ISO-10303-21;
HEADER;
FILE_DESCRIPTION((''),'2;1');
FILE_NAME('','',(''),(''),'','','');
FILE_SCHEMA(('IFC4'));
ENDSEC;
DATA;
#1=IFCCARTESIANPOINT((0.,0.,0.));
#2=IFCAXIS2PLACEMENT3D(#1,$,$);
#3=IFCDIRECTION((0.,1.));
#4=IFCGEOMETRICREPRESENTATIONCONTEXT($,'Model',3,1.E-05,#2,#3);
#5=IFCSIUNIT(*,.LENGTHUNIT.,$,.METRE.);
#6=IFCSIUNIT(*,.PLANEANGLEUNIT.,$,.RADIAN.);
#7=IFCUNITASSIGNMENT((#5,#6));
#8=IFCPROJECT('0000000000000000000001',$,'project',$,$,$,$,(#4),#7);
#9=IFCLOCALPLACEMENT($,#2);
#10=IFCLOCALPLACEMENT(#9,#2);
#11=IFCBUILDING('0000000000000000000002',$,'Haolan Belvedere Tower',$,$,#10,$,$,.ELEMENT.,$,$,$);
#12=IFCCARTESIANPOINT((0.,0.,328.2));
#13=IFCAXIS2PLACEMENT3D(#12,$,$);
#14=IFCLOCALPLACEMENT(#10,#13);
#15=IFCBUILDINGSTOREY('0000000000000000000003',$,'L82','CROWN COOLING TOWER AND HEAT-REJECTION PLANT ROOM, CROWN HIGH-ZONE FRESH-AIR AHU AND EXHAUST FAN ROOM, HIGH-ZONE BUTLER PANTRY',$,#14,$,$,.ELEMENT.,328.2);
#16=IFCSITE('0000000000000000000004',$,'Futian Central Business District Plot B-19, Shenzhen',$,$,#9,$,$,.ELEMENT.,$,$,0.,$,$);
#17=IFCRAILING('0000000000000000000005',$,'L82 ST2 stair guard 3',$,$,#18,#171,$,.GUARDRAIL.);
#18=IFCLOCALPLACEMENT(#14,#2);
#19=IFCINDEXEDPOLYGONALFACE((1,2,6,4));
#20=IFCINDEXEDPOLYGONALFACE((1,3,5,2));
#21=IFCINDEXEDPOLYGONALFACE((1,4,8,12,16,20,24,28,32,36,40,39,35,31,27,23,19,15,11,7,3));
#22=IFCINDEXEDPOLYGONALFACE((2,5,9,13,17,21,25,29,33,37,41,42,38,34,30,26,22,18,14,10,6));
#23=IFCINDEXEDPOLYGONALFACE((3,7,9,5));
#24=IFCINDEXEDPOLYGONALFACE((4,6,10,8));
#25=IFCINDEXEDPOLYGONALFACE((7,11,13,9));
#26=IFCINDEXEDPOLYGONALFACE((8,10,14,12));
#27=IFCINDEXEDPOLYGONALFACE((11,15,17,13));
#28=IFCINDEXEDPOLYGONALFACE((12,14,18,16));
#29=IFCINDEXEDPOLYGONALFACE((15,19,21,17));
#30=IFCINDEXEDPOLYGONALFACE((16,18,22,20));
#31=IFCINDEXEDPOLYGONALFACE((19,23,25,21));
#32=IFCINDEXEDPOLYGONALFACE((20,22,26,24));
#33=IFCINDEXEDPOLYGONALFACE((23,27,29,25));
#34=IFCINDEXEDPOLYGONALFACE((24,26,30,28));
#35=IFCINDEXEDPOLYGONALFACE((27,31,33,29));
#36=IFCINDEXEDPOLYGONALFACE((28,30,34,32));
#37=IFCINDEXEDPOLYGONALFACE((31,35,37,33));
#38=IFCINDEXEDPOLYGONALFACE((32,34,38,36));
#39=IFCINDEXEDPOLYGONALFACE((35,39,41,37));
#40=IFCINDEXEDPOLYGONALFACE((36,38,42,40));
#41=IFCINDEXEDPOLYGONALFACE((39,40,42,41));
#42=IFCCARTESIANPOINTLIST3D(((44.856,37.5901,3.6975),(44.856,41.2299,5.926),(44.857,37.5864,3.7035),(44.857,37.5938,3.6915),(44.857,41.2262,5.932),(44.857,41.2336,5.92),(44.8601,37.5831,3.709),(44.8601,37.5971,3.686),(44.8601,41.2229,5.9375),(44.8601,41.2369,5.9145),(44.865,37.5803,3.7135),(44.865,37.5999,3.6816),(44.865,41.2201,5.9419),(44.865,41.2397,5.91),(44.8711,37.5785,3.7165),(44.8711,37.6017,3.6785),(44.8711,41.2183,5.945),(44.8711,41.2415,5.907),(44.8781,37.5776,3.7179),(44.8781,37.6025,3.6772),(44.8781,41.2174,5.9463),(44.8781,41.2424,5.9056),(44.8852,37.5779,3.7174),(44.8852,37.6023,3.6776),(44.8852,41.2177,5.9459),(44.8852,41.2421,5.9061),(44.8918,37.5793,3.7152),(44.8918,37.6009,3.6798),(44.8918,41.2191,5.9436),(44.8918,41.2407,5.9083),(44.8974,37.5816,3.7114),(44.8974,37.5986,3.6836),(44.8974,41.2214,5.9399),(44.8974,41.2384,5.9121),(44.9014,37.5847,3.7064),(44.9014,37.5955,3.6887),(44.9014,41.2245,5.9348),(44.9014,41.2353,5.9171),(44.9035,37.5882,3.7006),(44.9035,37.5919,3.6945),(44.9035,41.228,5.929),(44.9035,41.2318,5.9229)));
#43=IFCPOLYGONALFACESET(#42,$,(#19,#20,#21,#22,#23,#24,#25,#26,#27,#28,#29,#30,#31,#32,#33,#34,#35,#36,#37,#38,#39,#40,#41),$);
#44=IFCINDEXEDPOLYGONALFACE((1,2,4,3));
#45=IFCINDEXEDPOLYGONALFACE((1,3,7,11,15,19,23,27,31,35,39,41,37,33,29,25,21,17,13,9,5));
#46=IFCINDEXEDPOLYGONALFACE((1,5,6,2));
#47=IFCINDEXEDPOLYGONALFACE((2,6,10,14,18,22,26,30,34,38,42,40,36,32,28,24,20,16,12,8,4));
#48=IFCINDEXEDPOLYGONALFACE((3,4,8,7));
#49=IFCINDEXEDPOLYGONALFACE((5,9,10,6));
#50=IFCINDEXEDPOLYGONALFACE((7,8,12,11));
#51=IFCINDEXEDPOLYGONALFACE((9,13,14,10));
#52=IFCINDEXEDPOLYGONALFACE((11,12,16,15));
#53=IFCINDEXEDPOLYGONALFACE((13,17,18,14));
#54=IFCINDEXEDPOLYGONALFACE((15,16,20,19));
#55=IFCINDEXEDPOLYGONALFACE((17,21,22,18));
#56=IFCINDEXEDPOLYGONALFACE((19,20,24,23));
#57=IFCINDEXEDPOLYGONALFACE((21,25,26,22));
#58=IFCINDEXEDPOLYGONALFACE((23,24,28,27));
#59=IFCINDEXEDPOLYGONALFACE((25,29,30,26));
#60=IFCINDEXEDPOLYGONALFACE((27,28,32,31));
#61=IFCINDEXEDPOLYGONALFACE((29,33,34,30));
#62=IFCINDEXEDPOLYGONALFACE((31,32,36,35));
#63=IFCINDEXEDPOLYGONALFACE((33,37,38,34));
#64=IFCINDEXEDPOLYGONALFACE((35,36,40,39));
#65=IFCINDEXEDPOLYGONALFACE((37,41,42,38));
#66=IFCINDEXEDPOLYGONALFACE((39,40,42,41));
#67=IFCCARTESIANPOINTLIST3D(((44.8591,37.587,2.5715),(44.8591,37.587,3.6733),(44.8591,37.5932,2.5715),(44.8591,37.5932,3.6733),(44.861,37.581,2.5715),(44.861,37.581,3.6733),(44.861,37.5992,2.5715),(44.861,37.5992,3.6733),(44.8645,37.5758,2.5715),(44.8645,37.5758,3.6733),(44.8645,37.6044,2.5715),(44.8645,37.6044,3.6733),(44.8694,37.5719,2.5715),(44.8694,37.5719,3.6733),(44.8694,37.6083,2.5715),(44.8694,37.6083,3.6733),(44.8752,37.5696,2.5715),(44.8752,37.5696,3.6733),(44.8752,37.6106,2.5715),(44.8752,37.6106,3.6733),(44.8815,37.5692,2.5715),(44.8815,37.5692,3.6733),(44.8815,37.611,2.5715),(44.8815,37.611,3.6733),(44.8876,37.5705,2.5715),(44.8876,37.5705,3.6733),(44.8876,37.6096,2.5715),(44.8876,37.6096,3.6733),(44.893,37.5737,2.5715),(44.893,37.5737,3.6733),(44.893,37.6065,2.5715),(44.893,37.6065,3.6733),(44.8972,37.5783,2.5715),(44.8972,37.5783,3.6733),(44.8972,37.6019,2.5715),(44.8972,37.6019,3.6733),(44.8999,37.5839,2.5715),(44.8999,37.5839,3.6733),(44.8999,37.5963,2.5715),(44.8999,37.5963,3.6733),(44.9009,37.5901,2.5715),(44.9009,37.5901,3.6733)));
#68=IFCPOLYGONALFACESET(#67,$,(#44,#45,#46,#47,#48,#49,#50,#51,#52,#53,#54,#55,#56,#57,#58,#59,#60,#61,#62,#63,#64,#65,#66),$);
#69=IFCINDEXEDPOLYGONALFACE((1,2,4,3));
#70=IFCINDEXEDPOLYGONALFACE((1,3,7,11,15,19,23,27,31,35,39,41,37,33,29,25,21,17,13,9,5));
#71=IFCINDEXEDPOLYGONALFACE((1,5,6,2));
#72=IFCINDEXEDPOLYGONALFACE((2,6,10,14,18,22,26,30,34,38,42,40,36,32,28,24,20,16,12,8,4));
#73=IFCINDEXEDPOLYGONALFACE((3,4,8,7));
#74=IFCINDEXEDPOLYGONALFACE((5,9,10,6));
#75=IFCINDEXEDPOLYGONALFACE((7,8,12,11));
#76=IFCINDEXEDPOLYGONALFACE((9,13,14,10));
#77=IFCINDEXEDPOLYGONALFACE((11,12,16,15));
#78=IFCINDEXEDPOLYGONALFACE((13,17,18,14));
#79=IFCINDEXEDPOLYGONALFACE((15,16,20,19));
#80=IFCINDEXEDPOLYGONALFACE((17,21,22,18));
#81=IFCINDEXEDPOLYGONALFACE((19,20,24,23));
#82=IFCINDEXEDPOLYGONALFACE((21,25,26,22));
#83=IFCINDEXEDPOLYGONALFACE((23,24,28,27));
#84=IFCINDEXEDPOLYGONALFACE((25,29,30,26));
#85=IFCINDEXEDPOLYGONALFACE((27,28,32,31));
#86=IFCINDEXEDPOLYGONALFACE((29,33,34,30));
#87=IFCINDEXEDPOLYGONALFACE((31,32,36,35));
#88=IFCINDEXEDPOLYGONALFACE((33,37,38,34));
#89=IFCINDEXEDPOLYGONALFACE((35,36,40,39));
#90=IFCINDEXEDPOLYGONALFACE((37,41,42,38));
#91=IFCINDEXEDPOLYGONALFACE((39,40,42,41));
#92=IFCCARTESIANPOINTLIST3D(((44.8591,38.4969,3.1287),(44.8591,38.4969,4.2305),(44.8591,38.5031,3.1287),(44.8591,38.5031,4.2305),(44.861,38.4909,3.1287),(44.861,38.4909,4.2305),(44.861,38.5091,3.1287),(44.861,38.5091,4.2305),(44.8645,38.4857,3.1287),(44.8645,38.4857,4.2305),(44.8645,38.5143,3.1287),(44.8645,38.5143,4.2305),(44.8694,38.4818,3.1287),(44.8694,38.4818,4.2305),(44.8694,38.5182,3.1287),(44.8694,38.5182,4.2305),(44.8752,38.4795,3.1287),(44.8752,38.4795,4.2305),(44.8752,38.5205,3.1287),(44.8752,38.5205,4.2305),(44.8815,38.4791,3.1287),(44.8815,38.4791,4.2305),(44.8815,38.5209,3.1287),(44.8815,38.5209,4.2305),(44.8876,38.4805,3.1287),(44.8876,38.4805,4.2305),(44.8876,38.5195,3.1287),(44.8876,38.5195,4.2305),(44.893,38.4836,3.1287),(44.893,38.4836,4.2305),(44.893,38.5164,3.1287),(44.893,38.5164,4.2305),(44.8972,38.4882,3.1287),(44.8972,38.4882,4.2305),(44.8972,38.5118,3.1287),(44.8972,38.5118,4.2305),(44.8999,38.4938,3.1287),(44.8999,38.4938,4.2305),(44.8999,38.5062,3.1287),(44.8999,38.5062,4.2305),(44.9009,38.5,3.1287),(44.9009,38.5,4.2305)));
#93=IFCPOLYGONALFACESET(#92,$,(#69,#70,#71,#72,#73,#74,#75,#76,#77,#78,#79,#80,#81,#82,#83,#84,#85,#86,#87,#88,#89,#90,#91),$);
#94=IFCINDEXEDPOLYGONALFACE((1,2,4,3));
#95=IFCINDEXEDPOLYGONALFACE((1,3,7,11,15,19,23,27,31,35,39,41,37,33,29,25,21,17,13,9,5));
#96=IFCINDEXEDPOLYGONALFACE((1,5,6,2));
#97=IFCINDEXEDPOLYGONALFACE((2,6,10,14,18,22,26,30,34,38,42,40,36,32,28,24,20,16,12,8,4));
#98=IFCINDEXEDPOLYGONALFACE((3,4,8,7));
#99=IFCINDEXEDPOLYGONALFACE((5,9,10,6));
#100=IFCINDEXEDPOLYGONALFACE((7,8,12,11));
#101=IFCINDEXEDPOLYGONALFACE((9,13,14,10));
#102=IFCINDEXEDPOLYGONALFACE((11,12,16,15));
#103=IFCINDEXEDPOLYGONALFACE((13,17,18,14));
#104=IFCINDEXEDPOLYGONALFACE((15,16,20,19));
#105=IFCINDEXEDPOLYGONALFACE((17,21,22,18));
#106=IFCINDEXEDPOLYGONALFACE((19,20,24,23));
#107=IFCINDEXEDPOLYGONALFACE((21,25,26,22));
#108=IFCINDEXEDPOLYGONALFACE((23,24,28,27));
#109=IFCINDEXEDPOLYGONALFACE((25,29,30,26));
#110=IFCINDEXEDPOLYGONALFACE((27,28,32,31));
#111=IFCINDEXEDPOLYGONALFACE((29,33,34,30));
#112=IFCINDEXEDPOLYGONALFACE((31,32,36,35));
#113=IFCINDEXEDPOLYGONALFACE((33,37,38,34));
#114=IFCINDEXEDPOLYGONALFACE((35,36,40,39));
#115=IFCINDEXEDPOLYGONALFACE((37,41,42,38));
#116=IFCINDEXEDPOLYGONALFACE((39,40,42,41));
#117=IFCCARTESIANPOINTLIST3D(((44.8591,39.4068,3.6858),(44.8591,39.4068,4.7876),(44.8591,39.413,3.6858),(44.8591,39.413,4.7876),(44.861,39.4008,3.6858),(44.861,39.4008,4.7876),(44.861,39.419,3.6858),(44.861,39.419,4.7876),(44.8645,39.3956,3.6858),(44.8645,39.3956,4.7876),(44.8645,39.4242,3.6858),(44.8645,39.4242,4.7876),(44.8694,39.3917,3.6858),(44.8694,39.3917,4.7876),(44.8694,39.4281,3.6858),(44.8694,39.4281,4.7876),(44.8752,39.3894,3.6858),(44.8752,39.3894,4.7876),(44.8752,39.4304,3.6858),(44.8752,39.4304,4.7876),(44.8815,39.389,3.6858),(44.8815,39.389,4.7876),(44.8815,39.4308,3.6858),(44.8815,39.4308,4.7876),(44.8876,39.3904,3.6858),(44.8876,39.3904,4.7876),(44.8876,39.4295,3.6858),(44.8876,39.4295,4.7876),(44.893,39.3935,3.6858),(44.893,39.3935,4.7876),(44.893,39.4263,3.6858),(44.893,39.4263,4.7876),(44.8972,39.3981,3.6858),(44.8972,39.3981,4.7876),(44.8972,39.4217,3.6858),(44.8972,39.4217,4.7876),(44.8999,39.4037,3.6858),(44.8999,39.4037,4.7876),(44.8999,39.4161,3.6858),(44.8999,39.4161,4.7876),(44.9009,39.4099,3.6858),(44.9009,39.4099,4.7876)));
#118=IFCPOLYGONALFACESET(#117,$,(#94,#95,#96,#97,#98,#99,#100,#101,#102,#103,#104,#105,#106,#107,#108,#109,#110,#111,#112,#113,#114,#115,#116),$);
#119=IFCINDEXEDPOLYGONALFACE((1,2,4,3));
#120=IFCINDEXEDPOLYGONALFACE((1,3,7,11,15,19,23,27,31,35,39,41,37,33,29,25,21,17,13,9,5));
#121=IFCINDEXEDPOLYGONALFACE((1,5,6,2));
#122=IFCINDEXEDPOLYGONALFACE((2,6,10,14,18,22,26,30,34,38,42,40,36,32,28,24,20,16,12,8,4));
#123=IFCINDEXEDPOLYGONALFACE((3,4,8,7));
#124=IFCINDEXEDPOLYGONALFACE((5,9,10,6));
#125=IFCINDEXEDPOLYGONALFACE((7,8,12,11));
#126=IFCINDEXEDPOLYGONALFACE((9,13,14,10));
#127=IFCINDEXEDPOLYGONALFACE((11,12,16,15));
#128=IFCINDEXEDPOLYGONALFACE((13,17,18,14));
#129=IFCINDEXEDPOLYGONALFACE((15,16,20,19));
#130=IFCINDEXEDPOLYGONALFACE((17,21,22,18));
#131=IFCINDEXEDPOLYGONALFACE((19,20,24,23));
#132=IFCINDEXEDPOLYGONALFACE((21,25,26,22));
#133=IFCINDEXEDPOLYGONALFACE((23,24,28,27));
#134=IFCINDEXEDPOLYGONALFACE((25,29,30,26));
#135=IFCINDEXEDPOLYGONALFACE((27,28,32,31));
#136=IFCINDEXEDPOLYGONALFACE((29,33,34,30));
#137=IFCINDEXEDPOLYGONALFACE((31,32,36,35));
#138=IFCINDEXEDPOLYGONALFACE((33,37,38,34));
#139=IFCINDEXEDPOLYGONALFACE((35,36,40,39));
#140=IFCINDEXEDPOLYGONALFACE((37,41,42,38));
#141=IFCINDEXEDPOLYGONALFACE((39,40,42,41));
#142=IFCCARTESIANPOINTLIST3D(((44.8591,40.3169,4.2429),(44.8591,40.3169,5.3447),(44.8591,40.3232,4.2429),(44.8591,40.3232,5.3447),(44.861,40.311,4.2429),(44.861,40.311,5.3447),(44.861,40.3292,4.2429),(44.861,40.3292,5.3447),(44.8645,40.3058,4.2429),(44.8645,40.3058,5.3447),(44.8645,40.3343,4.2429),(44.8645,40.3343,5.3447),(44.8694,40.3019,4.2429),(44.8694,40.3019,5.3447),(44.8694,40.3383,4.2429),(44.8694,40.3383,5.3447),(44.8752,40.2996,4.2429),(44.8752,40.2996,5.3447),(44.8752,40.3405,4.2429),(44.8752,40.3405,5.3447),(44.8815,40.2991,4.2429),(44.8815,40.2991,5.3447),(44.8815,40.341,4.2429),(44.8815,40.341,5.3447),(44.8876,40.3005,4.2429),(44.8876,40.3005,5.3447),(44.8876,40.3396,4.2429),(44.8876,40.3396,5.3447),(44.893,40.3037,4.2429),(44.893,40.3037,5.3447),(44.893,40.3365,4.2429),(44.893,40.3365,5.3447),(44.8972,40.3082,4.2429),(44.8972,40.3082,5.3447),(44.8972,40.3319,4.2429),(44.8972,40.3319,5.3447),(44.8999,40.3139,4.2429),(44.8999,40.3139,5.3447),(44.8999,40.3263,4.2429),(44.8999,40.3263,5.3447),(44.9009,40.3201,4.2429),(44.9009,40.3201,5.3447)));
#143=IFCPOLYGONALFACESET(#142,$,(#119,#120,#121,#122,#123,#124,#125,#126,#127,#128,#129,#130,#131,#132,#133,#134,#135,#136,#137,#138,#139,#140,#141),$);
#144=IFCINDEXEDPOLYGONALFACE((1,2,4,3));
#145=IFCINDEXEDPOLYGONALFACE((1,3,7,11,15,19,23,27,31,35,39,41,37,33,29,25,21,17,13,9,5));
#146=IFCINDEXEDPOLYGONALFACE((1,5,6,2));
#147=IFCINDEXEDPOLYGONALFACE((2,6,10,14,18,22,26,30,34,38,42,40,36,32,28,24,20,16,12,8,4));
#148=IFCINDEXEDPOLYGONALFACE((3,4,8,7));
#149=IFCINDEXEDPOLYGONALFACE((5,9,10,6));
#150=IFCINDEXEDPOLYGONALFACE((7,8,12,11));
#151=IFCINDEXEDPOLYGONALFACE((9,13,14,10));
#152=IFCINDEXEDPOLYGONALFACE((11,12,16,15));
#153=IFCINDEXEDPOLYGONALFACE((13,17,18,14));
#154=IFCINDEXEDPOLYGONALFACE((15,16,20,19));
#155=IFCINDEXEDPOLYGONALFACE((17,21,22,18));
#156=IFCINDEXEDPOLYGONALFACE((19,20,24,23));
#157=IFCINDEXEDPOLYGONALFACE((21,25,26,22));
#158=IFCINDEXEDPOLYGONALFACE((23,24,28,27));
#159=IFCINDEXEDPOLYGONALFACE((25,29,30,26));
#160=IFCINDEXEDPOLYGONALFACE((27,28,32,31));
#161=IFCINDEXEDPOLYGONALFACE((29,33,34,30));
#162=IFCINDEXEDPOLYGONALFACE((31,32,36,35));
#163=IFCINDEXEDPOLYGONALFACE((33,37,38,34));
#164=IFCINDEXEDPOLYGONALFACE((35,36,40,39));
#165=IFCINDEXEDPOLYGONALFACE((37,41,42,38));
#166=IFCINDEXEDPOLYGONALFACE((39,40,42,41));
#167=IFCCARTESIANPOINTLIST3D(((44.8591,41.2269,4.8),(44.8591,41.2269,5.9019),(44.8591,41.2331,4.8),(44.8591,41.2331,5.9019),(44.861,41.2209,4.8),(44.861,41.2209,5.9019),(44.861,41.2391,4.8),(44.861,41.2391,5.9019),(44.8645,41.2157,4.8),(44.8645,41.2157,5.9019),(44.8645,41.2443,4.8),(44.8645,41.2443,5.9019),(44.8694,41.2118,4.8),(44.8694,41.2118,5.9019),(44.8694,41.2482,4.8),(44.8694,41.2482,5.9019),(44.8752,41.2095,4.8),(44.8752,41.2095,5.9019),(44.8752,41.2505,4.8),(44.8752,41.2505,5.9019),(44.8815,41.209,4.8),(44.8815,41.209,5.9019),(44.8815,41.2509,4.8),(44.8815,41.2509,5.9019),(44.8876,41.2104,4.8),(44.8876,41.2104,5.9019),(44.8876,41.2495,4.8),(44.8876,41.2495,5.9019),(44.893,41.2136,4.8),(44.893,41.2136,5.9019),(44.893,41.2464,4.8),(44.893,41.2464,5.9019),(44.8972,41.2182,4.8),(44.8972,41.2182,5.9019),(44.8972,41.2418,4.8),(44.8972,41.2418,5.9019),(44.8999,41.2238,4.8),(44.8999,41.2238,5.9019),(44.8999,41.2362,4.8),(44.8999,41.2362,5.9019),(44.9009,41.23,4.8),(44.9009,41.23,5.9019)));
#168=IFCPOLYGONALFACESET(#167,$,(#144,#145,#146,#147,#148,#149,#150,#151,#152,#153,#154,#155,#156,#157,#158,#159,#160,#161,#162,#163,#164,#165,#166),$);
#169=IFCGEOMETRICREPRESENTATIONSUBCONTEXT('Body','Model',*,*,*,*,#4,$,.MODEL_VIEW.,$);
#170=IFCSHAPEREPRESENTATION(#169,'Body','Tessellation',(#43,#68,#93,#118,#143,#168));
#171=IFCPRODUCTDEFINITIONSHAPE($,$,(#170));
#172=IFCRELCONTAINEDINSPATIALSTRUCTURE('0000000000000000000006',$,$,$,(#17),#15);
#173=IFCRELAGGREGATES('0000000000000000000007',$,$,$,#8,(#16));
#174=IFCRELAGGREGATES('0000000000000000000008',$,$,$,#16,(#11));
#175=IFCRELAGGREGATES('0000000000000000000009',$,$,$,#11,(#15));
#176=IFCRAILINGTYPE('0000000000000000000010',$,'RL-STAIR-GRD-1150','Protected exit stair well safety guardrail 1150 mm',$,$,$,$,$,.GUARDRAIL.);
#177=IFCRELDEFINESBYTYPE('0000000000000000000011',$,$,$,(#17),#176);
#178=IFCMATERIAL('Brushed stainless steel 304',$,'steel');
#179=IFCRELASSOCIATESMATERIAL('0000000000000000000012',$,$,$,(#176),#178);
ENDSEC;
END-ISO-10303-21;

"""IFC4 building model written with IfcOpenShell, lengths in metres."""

from ifc_helpers import new_model, si_unit, direction, frame, origin, origin_2d, place, context, subcontext, project, spatial, circle, extrude, material, type_object, element, save


model = new_model("IFC4")

# Units and contexts
model_context = context("Model", 3, precision=1e-05, world=origin(), true_north=direction((0.0, 1.0)))
body_context = subcontext(model_context, "Body", "Model", "MODEL_VIEW")
ifc_project = project(units=[si_unit("LENGTHUNIT", "METRE"), si_unit("PLANEANGLEUNIT", "RADIAN")], contexts=[model_context])

# Site, building, storey
site_placement = place(None, origin())
site = spatial("IfcSite", under=ifc_project, at=site_placement, Name="Futian Central Business District Plot B-19, Shenzhen", CompositionType="ELEMENT", RefElevation=0.0)
building_placement = place(site_placement, origin())
building = spatial("IfcBuilding", under=site, at=building_placement, Name="Haolan Belvedere Tower", CompositionType="ELEMENT")
storey_placement = place(building_placement, frame((0.0, 0.0, 328.2)))
storey = spatial("IfcBuildingStorey", under=building, at=storey_placement, Name="L82", Description="CROWN COOLING TOWER AND HEAT-REJECTION PLANT ROOM, CROWN HIGH-ZONE FRESH-AIR AHU AND EXHAUST FAN ROOM, HIGH-ZONE BUTLER PANTRY", CompositionType="ELEMENT", Elevation=328.2)

# Railing
ifc_material_1 = material(Name="Brushed stainless steel 304", Category="steel")
railing_type_1 = type_object("IfcRailingType", Name="RL-STAIR-GRD-1150", Description="Protected exit stair well safety guardrail 1150 mm", PredefinedType="GUARDRAIL", material=ifc_material_1)
railing_1_placement = place(storey_placement, frame((44.8799, 37.5901, 2.5715)))
element("IfcRailing", 1, at=railing_1_placement, inside=storey, type_object=railing_type_1, Name="L82 ST2 stair guard 3", PredefinedType="GUARDRAIL", context=body_context, shape_type="SweptSolid", body=[
    extrude(circle(Radius=0.0239, at=origin_2d()), frame((0.0, 0.0, 1.126), z_axis=(0.0, 0.85285, 0.522156), x_axis=(-1.0, 0.0, 0.0)), (0.0, 0.0, 1.0), 4.2678),
    extrude(circle(Radius=0.021, at=origin_2d()), origin(), (0.0, 0.0, 1.0), 1.1018),
    extrude(circle(Radius=0.021, at=origin_2d()), frame((0.0, 0.9099, 0.5571)), (0.0, 0.0, 1.0), 1.1018),
    extrude(circle(Radius=0.021, at=origin_2d()), frame((0.0, 1.8198, 1.1143)), (0.0, 0.0, 1.0), 1.1018),
    extrude(circle(Radius=0.021, at=origin_2d()), frame((0.0, 2.73, 1.6714)), (0.0, 0.0, 1.0), 1.1018),
    extrude(circle(Radius=0.021, at=origin_2d()), frame((0.0, 3.6399, 2.2285)), (0.0, 0.0, 1.0), 1.1018),
])

save(model, "model.ifc")
